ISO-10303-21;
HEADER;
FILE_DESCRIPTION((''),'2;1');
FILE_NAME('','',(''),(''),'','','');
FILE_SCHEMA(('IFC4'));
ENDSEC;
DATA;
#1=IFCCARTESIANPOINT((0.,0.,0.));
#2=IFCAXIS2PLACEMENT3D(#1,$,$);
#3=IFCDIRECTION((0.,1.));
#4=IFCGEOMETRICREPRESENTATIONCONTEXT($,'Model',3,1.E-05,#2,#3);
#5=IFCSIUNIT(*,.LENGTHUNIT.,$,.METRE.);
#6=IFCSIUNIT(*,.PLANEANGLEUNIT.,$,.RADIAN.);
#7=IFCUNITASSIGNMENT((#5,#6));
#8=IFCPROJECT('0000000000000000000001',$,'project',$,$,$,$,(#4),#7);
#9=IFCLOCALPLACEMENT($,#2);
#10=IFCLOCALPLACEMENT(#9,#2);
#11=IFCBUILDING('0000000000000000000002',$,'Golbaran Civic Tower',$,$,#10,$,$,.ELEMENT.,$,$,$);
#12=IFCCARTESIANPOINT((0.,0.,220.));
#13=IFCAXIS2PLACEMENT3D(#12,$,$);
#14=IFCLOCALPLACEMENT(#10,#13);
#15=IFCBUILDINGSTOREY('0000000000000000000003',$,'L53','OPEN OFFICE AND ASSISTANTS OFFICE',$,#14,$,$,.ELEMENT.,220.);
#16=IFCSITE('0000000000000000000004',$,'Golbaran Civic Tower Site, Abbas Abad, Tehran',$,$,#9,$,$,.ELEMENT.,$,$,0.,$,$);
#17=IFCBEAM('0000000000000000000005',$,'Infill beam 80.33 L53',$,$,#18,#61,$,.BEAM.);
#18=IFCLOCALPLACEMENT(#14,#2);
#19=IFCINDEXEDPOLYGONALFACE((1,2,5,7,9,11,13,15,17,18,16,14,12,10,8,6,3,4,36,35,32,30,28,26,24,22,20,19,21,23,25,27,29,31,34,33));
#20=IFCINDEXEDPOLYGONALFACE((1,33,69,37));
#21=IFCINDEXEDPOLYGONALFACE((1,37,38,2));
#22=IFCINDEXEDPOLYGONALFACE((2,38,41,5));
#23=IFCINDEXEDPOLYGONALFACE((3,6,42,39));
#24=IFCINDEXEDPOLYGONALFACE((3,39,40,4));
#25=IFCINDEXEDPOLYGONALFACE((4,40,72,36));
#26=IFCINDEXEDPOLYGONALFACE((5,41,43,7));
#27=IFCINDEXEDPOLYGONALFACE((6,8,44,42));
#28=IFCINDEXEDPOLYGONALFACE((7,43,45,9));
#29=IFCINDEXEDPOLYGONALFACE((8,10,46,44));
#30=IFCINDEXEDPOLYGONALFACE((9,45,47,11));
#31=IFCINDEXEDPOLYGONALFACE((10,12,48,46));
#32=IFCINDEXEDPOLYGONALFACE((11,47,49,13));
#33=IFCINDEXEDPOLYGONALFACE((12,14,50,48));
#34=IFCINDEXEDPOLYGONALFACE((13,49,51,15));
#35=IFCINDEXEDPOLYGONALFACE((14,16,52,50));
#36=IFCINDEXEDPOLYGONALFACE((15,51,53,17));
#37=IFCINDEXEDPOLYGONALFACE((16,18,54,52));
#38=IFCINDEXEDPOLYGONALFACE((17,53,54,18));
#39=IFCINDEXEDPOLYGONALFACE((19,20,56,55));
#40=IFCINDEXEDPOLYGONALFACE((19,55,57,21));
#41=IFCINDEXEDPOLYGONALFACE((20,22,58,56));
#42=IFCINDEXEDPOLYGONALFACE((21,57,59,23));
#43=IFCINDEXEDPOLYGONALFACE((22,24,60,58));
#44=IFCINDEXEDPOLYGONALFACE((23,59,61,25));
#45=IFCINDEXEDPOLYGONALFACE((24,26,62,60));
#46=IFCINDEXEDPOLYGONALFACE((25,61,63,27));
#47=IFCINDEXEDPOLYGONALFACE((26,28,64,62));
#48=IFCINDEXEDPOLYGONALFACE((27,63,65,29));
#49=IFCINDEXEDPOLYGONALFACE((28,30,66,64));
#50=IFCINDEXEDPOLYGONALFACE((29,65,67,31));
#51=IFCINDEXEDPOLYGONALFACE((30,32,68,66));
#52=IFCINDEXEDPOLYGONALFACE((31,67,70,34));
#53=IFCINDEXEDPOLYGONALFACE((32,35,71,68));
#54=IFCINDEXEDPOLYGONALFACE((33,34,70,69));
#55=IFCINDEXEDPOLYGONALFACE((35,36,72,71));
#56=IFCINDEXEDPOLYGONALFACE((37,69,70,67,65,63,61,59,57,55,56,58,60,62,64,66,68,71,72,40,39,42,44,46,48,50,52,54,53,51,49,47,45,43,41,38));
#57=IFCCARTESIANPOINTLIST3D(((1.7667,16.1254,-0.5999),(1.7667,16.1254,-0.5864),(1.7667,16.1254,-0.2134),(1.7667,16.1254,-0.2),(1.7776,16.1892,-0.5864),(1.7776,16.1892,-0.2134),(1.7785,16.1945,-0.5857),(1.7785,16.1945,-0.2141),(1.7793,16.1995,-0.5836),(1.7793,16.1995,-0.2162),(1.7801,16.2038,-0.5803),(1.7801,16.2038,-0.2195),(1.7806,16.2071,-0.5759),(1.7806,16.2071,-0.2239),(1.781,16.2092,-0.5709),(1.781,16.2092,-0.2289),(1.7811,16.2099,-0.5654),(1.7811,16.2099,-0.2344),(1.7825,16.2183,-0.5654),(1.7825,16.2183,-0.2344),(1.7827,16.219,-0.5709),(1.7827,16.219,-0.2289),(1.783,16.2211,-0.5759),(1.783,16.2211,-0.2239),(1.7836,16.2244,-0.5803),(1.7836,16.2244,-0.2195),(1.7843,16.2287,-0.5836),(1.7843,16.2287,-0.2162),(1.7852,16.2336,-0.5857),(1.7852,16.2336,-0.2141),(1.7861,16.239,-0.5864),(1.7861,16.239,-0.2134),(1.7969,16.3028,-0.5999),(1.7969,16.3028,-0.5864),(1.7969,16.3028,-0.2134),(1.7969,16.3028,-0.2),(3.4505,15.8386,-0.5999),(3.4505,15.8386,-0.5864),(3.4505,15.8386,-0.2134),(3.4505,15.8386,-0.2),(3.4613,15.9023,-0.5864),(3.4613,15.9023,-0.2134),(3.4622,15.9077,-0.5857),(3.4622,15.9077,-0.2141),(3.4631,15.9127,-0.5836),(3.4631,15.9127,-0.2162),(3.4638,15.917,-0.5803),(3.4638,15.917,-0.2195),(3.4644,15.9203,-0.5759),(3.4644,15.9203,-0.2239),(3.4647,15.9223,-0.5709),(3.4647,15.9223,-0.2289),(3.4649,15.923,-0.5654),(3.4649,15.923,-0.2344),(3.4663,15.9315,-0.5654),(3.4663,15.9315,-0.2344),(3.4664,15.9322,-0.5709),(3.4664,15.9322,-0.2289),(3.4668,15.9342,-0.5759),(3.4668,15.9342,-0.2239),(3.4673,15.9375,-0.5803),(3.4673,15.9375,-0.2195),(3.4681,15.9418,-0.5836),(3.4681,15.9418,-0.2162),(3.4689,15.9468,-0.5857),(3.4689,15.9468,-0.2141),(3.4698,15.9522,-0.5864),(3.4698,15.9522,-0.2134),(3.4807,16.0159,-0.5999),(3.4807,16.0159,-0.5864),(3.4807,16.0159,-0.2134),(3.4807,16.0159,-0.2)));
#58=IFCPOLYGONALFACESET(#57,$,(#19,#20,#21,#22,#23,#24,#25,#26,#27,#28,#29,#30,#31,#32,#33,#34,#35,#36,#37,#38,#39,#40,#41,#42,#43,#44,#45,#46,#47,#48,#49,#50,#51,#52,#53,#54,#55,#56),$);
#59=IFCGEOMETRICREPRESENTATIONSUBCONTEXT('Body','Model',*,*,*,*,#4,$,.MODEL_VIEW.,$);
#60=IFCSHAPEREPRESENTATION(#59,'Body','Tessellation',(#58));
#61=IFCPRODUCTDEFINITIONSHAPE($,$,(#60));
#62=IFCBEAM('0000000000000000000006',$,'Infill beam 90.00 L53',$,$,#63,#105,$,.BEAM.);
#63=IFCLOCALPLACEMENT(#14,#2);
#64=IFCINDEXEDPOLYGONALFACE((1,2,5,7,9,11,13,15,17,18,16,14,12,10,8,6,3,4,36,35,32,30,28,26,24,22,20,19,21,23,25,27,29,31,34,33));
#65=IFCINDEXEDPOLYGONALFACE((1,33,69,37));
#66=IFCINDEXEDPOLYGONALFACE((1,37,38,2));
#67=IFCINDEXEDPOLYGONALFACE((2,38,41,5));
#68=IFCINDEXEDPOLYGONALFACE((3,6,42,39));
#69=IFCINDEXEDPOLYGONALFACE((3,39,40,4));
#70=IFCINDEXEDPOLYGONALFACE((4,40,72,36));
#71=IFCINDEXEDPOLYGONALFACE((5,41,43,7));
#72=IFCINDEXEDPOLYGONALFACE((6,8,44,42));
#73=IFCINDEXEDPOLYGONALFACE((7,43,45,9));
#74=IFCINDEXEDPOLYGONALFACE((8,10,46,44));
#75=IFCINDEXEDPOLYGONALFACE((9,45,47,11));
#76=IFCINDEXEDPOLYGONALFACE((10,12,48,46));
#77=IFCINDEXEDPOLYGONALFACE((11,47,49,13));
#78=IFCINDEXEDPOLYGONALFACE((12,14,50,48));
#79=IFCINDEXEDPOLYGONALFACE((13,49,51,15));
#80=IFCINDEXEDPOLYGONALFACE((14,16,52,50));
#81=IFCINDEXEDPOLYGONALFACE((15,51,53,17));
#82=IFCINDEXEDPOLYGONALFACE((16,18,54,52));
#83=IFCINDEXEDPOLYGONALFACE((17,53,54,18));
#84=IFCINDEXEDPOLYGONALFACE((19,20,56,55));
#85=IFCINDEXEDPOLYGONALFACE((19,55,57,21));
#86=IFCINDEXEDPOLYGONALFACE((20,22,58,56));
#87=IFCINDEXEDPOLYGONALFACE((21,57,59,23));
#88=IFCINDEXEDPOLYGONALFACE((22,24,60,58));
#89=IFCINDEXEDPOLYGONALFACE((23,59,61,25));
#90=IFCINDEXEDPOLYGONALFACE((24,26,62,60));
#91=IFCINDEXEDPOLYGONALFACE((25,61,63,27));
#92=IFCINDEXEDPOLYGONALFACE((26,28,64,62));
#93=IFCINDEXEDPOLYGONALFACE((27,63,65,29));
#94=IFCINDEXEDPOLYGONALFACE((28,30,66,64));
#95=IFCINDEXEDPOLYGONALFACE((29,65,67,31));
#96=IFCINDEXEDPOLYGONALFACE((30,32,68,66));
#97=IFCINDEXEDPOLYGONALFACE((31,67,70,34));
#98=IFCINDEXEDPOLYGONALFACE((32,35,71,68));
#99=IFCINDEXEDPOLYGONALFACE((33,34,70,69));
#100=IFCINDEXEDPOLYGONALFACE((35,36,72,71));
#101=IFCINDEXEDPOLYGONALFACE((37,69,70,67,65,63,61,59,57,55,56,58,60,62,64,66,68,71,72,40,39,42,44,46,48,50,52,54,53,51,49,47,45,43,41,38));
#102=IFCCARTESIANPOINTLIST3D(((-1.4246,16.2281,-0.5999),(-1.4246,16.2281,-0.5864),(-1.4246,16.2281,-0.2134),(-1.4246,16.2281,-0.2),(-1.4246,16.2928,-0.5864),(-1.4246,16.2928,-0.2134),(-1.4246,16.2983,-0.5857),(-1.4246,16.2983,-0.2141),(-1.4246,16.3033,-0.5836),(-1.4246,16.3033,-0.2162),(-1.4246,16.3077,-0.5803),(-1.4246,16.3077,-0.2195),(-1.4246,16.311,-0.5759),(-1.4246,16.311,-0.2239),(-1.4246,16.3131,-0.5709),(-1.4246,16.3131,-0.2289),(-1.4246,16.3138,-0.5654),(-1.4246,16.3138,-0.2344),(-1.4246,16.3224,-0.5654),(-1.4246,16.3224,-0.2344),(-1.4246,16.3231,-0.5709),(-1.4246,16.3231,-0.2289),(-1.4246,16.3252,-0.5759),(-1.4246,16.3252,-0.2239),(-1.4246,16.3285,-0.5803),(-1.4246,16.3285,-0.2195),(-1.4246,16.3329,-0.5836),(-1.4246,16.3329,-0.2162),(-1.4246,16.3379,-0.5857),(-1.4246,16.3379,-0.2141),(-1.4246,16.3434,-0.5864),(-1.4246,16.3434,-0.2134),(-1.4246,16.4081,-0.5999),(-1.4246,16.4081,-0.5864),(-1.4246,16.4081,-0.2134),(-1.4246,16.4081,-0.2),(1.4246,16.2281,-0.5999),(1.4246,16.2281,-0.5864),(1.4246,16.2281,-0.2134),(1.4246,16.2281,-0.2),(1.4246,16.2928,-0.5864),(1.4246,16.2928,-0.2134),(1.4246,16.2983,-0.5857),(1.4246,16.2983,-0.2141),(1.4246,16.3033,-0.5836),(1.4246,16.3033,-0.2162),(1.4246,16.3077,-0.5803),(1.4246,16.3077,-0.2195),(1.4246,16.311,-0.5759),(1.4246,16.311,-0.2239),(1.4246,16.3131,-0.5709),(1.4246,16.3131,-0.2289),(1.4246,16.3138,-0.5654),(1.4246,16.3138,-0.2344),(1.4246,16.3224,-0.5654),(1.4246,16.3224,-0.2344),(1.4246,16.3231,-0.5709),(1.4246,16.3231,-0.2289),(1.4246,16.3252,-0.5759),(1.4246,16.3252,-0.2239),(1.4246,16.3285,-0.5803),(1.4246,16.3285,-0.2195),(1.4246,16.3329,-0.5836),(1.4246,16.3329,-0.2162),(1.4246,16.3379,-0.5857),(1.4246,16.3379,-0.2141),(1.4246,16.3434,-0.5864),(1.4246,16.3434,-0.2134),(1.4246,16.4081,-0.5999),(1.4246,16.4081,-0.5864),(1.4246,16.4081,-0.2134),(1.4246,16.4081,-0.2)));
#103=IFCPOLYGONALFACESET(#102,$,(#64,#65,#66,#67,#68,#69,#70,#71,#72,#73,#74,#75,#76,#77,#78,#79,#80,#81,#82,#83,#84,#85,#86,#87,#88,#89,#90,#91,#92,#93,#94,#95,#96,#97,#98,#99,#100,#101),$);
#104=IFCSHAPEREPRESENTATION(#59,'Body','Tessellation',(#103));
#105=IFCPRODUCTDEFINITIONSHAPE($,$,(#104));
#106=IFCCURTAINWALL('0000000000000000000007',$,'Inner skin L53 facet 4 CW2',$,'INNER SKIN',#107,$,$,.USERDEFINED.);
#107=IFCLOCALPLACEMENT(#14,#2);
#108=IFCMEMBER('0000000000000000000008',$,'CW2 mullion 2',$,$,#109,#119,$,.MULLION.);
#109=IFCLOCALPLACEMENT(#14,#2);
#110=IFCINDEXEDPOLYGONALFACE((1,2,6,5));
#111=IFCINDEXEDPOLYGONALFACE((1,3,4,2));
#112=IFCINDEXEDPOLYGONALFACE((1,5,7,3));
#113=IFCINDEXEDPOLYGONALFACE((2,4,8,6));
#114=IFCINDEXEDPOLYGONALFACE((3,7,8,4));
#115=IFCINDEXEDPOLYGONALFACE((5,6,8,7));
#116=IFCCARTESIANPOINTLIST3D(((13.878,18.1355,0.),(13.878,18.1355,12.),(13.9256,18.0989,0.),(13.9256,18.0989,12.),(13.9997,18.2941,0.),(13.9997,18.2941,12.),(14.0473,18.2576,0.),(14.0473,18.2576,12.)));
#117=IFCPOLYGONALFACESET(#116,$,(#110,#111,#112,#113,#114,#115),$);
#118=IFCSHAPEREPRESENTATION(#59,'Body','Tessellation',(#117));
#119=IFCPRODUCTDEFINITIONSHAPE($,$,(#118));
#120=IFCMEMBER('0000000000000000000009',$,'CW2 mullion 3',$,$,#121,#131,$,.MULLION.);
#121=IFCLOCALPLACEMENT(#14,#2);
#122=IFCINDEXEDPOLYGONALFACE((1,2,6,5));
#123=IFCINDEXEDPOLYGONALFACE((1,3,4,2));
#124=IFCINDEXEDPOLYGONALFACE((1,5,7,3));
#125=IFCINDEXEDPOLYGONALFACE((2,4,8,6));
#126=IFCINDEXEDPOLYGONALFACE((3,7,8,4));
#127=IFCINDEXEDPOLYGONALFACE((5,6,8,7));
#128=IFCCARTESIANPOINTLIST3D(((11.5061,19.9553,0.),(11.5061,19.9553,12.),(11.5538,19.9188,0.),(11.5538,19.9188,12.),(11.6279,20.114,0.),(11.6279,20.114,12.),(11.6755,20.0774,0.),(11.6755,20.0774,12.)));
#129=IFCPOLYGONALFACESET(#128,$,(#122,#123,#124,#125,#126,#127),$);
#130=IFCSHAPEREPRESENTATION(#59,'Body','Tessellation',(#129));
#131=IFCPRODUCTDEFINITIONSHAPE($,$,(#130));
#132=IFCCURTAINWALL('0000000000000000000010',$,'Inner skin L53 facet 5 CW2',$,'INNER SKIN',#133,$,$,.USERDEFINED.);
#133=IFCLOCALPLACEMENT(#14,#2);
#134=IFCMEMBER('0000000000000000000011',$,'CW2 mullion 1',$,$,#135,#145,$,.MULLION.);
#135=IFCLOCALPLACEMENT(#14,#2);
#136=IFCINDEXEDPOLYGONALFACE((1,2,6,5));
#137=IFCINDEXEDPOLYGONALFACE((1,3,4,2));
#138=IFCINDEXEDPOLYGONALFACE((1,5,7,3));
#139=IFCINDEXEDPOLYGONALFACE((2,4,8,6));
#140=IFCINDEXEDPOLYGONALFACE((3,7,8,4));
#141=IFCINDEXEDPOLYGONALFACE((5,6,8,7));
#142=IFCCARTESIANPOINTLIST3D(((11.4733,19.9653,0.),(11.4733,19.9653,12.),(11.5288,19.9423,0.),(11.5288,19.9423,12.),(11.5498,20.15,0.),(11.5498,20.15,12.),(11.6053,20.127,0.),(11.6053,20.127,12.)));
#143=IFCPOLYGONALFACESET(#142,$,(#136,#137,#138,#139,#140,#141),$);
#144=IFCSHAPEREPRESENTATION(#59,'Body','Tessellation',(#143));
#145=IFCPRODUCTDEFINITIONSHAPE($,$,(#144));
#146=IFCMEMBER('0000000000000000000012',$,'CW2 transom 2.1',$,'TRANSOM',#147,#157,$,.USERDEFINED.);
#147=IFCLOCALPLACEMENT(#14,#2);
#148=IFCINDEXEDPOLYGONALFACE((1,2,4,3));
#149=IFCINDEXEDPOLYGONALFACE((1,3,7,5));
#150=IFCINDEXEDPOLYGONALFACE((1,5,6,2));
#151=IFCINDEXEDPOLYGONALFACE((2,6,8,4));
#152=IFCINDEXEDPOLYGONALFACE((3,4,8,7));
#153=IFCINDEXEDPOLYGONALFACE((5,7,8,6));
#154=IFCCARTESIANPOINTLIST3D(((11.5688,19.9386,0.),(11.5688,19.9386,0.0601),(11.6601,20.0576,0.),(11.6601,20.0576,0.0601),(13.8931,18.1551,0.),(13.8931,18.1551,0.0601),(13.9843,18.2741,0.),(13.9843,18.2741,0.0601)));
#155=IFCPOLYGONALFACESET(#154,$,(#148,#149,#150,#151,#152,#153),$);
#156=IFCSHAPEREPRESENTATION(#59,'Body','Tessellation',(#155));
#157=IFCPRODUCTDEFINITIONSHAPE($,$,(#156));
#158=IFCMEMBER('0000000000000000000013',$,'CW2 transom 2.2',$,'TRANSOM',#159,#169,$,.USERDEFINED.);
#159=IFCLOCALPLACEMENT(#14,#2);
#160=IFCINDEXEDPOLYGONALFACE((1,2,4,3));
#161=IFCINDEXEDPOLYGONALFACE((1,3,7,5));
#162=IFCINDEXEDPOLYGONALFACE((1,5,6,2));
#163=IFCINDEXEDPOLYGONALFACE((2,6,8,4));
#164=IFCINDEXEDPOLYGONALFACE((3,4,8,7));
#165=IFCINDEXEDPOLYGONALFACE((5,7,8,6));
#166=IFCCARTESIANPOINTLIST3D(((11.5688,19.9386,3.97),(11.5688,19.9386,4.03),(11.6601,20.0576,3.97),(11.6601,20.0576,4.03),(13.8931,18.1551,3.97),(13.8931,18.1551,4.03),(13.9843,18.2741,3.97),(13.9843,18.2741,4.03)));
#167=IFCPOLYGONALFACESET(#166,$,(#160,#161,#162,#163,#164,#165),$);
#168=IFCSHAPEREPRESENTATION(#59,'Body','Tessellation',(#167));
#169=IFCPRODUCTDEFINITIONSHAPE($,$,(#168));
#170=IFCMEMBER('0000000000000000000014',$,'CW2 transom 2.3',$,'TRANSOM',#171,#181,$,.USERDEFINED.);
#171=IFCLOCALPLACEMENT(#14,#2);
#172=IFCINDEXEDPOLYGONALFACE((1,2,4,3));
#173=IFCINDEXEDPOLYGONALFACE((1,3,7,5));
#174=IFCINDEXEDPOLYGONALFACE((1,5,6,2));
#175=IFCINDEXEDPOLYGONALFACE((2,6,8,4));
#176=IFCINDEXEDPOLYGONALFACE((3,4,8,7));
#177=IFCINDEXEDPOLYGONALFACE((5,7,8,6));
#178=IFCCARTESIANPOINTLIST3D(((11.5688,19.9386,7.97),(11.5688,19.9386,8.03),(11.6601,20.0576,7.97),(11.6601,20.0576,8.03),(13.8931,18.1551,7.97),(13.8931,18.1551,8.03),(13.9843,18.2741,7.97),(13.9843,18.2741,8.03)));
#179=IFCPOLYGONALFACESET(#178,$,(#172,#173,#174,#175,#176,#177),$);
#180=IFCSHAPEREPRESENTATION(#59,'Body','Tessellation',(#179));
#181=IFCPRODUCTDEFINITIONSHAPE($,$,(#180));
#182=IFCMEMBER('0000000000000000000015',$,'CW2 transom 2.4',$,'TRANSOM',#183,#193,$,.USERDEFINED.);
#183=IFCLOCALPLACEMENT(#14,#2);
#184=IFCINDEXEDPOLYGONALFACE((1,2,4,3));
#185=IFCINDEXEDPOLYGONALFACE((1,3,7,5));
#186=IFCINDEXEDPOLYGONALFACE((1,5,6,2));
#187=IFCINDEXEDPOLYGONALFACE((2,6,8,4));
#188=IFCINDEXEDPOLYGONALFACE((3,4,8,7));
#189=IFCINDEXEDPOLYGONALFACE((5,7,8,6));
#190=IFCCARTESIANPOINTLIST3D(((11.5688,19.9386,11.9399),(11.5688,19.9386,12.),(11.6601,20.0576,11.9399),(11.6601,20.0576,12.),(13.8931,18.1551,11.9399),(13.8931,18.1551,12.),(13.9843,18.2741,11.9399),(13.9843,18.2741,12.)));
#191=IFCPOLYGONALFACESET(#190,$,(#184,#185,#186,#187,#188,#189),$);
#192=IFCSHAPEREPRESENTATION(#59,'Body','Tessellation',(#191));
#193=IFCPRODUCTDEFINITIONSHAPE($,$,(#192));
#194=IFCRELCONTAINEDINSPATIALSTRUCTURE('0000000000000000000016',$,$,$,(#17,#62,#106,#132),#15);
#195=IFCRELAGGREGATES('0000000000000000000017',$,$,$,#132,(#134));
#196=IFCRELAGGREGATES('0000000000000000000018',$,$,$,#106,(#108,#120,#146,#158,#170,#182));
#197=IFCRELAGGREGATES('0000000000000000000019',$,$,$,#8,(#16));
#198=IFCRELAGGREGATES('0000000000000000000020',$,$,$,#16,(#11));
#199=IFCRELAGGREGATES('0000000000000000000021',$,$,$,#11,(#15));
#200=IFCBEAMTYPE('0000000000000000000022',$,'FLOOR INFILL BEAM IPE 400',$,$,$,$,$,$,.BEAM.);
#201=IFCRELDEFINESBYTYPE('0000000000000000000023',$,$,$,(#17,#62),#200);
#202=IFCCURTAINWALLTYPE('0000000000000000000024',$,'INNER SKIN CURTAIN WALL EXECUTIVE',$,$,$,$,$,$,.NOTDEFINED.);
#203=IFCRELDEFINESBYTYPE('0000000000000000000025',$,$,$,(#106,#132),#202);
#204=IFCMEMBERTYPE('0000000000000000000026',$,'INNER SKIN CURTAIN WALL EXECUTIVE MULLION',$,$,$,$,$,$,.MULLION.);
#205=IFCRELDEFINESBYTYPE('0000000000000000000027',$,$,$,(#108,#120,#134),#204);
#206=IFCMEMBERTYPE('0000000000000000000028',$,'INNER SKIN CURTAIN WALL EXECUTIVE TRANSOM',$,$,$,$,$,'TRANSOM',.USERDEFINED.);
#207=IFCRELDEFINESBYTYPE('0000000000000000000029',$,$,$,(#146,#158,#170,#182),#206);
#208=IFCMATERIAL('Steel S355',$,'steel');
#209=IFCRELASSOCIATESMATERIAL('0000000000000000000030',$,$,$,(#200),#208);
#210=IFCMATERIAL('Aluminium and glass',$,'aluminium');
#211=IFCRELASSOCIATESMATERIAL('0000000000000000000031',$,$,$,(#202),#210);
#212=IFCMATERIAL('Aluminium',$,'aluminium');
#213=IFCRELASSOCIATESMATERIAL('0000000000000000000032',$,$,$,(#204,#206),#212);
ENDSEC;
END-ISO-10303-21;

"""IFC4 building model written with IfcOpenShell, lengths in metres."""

from ifc_helpers import new_model, si_unit, direction, frame, origin, origin_2d, place, context, subcontext, project, spatial, rectangle, i_section, extrude, material, material_profile, profile_set, type_object, element, aggregate, save


model = new_model("IFC4")

# Units and contexts
model_context = context("Model", 3, precision=1e-05, world=origin(), true_north=direction((0.0, 1.0)))
body_context = subcontext(model_context, "Body", "Model", "MODEL_VIEW")
ifc_project = project(units=[si_unit("LENGTHUNIT", "METRE"), si_unit("PLANEANGLEUNIT", "RADIAN")], contexts=[model_context])

# Site, building, storey
site_placement = place(None, origin())
site = spatial("IfcSite", under=ifc_project, at=site_placement, Name="Golbaran Civic Tower Site, Abbas Abad, Tehran", CompositionType="ELEMENT", RefElevation=0.0)
building_placement = place(site_placement, origin())
building = spatial("IfcBuilding", under=site, at=building_placement, Name="Golbaran Civic Tower", CompositionType="ELEMENT")
storey_placement = place(building_placement, frame((0.0, 0.0, 220.0)))
storey = spatial("IfcBuildingStorey", under=building, at=storey_placement, Name="L53", Description="OPEN OFFICE AND ASSISTANTS OFFICE", CompositionType="ELEMENT", Elevation=220.0)

# Beams
ifc_material_1 = material(Name="Steel S355", Category="steel")
ifc_material_profile_1 = material_profile(ifc_material_1, i_section(OverallWidth=0.1799, OverallDepth=0.3999, WebThickness=0.0085, FlangeThickness=0.0134, FilletRadius=0.021, at=origin_2d()), Name="IPE 400")
ifc_profile_set_1 = profile_set([ifc_material_profile_1], Name="Steel S355")
beam_type_1 = type_object("IfcBeamType", Name="FLOOR INFILL BEAM IPE 400", PredefinedType="BEAM", material=ifc_profile_set_1)
beam_1_placement = place(storey_placement, frame((3.4656, 15.9272, -0.3999), z_axis=(-0.985797, 0.167944, 0.0), x_axis=(-0.167944, -0.985797, 0.0)))
element("IfcBeam", 1, at=beam_1_placement, inside=storey, type_object=beam_type_1, Name="Infill beam 80.33 L53", PredefinedType="BEAM", context=body_context, shape_type="SweptSolid", body=[
    extrude(i_section(OverallWidth=0.1799, OverallDepth=0.3999, WebThickness=0.0085, FlangeThickness=0.0134, FilletRadius=0.021, at=origin_2d()), origin(), (0.0, 0.0, 1.0), 1.708),
])
beam_2_placement = place(storey_placement, frame((1.4246, 16.3181, -0.3999), z_axis=(-1.0, 0.0, 0.0), x_axis=(0.0, -1.0, 0.0)))
element("IfcBeam", 2, at=beam_2_placement, inside=storey, type_object=beam_type_1, Name="Infill beam 90.00 L53", PredefinedType="BEAM", context=body_context, shape_type="SweptSolid", body=[
    extrude(i_section(OverallWidth=0.1799, OverallDepth=0.3999, WebThickness=0.0085, FlangeThickness=0.0134, FilletRadius=0.021, at=origin_2d()), origin(), (0.0, 0.0, 1.0), 2.8491),
])

# Curtain wall, members
ifc_material_2 = material(Name="Aluminium and glass", Category="aluminium")
curtain_wall_type = type_object("IfcCurtainWallType", Name="INNER SKIN CURTAIN WALL EXECUTIVE", PredefinedType="NOTDEFINED", material=ifc_material_2)
curtain_wall_1_placement = place(storey_placement, origin())
curtain_wall_1 = element("IfcCurtainWall", 3, at=curtain_wall_1_placement, inside=storey, type_object=curtain_wall_type, Name="Inner skin L53 facet 4 CW2", ObjectType="INNER SKIN", PredefinedType="USERDEFINED")
ifc_material_3 = material(Name="Aluminium", Category="aluminium")
ifc_material_profile_2 = material_profile(ifc_material_3, rectangle(XDim=0.2, YDim=0.0601, at=origin_2d()), Name="INNER SKIN CURTAIN WALL EXECUTIVE MULLION")
ifc_profile_set_2 = profile_set([ifc_material_profile_2], Name="Aluminium")
member_type_1 = type_object("IfcMemberType", Name="INNER SKIN CURTAIN WALL EXECUTIVE MULLION", PredefinedType="MULLION", material=ifc_profile_set_2)
member_1_placement = place(storey_placement, frame((13.9626, 18.1965, 0.0), z_axis=(0.0, 0.0, 1.0), x_axis=(-0.608761, -0.793353, 0.0)))
member_1 = element("IfcMember", 4, at=member_1_placement, type_object=member_type_1, Name="CW2 mullion 2", PredefinedType="MULLION", context=body_context, shape_type="SweptSolid", body=[
    extrude(rectangle(XDim=0.2, YDim=0.0601, at=origin_2d()), origin(), (0.0, 0.0, 1.0), 12.0),
])
member_2_placement = place(storey_placement, frame((11.5908, 20.0164, 0.0), z_axis=(0.0, 0.0, 1.0), x_axis=(-0.608761, -0.793353, 0.0)))
member_2 = element("IfcMember", 5, at=member_2_placement, type_object=member_type_1, Name="CW2 mullion 3", PredefinedType="MULLION", context=body_context, shape_type="SweptSolid", body=[
    extrude(rectangle(XDim=0.2, YDim=0.0601, at=origin_2d()), origin(), (0.0, 0.0, 1.0), 12.0),
])

# Curtain wall, member
curtain_wall_2_placement = place(storey_placement, origin())
curtain_wall_2 = element("IfcCurtainWall", 6, at=curtain_wall_2_placement, inside=storey, type_object=curtain_wall_type, Name="Inner skin L53 facet 5 CW2", ObjectType="INNER SKIN", PredefinedType="USERDEFINED")
member_3_placement = place(storey_placement, frame((11.5393, 20.0461, 0.0), z_axis=(0.0, 0.0, 1.0), x_axis=(-0.382683, -0.92388, 0.0)))
member_3 = element("IfcMember", 7, at=member_3_placement, type_object=member_type_1, Name="CW2 mullion 1", PredefinedType="MULLION", context=body_context, shape_type="SweptSolid", body=[
    extrude(rectangle(XDim=0.2, YDim=0.0601, at=origin_2d()), origin(), (0.0, 0.0, 1.0), 12.0),
])

# Members
ifc_material_profile_3 = material_profile(ifc_material_3, rectangle(XDim=0.1499, YDim=0.0601, at=origin_2d()), Name="INNER SKIN CURTAIN WALL EXECUTIVE TRANSOM")
ifc_profile_set_3 = profile_set([ifc_material_profile_3], Name="Aluminium")
member_type_2 = type_object("IfcMemberType", Name="INNER SKIN CURTAIN WALL EXECUTIVE TRANSOM", ElementType="TRANSOM", PredefinedType="USERDEFINED", material=ifc_profile_set_3)
member_4_placement = place(storey_placement, frame((13.9387, 18.2146, 0.03), z_axis=(-0.793351, 0.608764, 0.0), x_axis=(-0.608764, -0.793351, 0.0)))
member_4 = element("IfcMember", 8, at=member_4_placement, type_object=member_type_2, Name="CW2 transom 2.1", ObjectType="TRANSOM", PredefinedType="USERDEFINED", context=body_context, shape_type="SweptSolid", body=[
    extrude(rectangle(XDim=0.1499, YDim=0.0601, at=origin_2d()), origin(), (0.0, 0.0, 1.0), 2.9297),
])
member_5_placement = place(storey_placement, frame((13.9387, 18.2146, 4.0), z_axis=(-0.793351, 0.608764, 0.0), x_axis=(-0.608764, -0.793351, 0.0)))
member_5 = element("IfcMember", 9, at=member_5_placement, type_object=member_type_2, Name="CW2 transom 2.2", ObjectType="TRANSOM", PredefinedType="USERDEFINED", context=body_context, shape_type="SweptSolid", body=[
    extrude(rectangle(XDim=0.1499, YDim=0.0601, at=origin_2d()), origin(), (0.0, 0.0, 1.0), 2.9297),
])
member_6_placement = place(storey_placement, frame((13.9387, 18.2146, 8.0), z_axis=(-0.793351, 0.608764, 0.0), x_axis=(-0.608764, -0.793351, 0.0)))
member_6 = element("IfcMember", 10, at=member_6_placement, type_object=member_type_2, Name="CW2 transom 2.3", ObjectType="TRANSOM", PredefinedType="USERDEFINED", context=body_context, shape_type="SweptSolid", body=[
    extrude(rectangle(XDim=0.1499, YDim=0.0601, at=origin_2d()), origin(), (0.0, 0.0, 1.0), 2.9297),
])
member_7_placement = place(storey_placement, frame((13.9387, 18.2146, 11.97), z_axis=(-0.793351, 0.608764, 0.0), x_axis=(-0.608764, -0.793351, 0.0)))
member_7 = element("IfcMember", 11, at=member_7_placement, type_object=member_type_2, Name="CW2 transom 2.4", ObjectType="TRANSOM", PredefinedType="USERDEFINED", context=body_context, shape_type="SweptSolid", body=[
    extrude(rectangle(XDim=0.1499, YDim=0.0601, at=origin_2d()), origin(), (0.0, 0.0, 1.0), 2.9297),
])

aggregate(curtain_wall_2, [member_3])
aggregate(curtain_wall_1, [member_1, member_2, member_4, member_5, member_6, member_7])

save(model, "model.ifc")
